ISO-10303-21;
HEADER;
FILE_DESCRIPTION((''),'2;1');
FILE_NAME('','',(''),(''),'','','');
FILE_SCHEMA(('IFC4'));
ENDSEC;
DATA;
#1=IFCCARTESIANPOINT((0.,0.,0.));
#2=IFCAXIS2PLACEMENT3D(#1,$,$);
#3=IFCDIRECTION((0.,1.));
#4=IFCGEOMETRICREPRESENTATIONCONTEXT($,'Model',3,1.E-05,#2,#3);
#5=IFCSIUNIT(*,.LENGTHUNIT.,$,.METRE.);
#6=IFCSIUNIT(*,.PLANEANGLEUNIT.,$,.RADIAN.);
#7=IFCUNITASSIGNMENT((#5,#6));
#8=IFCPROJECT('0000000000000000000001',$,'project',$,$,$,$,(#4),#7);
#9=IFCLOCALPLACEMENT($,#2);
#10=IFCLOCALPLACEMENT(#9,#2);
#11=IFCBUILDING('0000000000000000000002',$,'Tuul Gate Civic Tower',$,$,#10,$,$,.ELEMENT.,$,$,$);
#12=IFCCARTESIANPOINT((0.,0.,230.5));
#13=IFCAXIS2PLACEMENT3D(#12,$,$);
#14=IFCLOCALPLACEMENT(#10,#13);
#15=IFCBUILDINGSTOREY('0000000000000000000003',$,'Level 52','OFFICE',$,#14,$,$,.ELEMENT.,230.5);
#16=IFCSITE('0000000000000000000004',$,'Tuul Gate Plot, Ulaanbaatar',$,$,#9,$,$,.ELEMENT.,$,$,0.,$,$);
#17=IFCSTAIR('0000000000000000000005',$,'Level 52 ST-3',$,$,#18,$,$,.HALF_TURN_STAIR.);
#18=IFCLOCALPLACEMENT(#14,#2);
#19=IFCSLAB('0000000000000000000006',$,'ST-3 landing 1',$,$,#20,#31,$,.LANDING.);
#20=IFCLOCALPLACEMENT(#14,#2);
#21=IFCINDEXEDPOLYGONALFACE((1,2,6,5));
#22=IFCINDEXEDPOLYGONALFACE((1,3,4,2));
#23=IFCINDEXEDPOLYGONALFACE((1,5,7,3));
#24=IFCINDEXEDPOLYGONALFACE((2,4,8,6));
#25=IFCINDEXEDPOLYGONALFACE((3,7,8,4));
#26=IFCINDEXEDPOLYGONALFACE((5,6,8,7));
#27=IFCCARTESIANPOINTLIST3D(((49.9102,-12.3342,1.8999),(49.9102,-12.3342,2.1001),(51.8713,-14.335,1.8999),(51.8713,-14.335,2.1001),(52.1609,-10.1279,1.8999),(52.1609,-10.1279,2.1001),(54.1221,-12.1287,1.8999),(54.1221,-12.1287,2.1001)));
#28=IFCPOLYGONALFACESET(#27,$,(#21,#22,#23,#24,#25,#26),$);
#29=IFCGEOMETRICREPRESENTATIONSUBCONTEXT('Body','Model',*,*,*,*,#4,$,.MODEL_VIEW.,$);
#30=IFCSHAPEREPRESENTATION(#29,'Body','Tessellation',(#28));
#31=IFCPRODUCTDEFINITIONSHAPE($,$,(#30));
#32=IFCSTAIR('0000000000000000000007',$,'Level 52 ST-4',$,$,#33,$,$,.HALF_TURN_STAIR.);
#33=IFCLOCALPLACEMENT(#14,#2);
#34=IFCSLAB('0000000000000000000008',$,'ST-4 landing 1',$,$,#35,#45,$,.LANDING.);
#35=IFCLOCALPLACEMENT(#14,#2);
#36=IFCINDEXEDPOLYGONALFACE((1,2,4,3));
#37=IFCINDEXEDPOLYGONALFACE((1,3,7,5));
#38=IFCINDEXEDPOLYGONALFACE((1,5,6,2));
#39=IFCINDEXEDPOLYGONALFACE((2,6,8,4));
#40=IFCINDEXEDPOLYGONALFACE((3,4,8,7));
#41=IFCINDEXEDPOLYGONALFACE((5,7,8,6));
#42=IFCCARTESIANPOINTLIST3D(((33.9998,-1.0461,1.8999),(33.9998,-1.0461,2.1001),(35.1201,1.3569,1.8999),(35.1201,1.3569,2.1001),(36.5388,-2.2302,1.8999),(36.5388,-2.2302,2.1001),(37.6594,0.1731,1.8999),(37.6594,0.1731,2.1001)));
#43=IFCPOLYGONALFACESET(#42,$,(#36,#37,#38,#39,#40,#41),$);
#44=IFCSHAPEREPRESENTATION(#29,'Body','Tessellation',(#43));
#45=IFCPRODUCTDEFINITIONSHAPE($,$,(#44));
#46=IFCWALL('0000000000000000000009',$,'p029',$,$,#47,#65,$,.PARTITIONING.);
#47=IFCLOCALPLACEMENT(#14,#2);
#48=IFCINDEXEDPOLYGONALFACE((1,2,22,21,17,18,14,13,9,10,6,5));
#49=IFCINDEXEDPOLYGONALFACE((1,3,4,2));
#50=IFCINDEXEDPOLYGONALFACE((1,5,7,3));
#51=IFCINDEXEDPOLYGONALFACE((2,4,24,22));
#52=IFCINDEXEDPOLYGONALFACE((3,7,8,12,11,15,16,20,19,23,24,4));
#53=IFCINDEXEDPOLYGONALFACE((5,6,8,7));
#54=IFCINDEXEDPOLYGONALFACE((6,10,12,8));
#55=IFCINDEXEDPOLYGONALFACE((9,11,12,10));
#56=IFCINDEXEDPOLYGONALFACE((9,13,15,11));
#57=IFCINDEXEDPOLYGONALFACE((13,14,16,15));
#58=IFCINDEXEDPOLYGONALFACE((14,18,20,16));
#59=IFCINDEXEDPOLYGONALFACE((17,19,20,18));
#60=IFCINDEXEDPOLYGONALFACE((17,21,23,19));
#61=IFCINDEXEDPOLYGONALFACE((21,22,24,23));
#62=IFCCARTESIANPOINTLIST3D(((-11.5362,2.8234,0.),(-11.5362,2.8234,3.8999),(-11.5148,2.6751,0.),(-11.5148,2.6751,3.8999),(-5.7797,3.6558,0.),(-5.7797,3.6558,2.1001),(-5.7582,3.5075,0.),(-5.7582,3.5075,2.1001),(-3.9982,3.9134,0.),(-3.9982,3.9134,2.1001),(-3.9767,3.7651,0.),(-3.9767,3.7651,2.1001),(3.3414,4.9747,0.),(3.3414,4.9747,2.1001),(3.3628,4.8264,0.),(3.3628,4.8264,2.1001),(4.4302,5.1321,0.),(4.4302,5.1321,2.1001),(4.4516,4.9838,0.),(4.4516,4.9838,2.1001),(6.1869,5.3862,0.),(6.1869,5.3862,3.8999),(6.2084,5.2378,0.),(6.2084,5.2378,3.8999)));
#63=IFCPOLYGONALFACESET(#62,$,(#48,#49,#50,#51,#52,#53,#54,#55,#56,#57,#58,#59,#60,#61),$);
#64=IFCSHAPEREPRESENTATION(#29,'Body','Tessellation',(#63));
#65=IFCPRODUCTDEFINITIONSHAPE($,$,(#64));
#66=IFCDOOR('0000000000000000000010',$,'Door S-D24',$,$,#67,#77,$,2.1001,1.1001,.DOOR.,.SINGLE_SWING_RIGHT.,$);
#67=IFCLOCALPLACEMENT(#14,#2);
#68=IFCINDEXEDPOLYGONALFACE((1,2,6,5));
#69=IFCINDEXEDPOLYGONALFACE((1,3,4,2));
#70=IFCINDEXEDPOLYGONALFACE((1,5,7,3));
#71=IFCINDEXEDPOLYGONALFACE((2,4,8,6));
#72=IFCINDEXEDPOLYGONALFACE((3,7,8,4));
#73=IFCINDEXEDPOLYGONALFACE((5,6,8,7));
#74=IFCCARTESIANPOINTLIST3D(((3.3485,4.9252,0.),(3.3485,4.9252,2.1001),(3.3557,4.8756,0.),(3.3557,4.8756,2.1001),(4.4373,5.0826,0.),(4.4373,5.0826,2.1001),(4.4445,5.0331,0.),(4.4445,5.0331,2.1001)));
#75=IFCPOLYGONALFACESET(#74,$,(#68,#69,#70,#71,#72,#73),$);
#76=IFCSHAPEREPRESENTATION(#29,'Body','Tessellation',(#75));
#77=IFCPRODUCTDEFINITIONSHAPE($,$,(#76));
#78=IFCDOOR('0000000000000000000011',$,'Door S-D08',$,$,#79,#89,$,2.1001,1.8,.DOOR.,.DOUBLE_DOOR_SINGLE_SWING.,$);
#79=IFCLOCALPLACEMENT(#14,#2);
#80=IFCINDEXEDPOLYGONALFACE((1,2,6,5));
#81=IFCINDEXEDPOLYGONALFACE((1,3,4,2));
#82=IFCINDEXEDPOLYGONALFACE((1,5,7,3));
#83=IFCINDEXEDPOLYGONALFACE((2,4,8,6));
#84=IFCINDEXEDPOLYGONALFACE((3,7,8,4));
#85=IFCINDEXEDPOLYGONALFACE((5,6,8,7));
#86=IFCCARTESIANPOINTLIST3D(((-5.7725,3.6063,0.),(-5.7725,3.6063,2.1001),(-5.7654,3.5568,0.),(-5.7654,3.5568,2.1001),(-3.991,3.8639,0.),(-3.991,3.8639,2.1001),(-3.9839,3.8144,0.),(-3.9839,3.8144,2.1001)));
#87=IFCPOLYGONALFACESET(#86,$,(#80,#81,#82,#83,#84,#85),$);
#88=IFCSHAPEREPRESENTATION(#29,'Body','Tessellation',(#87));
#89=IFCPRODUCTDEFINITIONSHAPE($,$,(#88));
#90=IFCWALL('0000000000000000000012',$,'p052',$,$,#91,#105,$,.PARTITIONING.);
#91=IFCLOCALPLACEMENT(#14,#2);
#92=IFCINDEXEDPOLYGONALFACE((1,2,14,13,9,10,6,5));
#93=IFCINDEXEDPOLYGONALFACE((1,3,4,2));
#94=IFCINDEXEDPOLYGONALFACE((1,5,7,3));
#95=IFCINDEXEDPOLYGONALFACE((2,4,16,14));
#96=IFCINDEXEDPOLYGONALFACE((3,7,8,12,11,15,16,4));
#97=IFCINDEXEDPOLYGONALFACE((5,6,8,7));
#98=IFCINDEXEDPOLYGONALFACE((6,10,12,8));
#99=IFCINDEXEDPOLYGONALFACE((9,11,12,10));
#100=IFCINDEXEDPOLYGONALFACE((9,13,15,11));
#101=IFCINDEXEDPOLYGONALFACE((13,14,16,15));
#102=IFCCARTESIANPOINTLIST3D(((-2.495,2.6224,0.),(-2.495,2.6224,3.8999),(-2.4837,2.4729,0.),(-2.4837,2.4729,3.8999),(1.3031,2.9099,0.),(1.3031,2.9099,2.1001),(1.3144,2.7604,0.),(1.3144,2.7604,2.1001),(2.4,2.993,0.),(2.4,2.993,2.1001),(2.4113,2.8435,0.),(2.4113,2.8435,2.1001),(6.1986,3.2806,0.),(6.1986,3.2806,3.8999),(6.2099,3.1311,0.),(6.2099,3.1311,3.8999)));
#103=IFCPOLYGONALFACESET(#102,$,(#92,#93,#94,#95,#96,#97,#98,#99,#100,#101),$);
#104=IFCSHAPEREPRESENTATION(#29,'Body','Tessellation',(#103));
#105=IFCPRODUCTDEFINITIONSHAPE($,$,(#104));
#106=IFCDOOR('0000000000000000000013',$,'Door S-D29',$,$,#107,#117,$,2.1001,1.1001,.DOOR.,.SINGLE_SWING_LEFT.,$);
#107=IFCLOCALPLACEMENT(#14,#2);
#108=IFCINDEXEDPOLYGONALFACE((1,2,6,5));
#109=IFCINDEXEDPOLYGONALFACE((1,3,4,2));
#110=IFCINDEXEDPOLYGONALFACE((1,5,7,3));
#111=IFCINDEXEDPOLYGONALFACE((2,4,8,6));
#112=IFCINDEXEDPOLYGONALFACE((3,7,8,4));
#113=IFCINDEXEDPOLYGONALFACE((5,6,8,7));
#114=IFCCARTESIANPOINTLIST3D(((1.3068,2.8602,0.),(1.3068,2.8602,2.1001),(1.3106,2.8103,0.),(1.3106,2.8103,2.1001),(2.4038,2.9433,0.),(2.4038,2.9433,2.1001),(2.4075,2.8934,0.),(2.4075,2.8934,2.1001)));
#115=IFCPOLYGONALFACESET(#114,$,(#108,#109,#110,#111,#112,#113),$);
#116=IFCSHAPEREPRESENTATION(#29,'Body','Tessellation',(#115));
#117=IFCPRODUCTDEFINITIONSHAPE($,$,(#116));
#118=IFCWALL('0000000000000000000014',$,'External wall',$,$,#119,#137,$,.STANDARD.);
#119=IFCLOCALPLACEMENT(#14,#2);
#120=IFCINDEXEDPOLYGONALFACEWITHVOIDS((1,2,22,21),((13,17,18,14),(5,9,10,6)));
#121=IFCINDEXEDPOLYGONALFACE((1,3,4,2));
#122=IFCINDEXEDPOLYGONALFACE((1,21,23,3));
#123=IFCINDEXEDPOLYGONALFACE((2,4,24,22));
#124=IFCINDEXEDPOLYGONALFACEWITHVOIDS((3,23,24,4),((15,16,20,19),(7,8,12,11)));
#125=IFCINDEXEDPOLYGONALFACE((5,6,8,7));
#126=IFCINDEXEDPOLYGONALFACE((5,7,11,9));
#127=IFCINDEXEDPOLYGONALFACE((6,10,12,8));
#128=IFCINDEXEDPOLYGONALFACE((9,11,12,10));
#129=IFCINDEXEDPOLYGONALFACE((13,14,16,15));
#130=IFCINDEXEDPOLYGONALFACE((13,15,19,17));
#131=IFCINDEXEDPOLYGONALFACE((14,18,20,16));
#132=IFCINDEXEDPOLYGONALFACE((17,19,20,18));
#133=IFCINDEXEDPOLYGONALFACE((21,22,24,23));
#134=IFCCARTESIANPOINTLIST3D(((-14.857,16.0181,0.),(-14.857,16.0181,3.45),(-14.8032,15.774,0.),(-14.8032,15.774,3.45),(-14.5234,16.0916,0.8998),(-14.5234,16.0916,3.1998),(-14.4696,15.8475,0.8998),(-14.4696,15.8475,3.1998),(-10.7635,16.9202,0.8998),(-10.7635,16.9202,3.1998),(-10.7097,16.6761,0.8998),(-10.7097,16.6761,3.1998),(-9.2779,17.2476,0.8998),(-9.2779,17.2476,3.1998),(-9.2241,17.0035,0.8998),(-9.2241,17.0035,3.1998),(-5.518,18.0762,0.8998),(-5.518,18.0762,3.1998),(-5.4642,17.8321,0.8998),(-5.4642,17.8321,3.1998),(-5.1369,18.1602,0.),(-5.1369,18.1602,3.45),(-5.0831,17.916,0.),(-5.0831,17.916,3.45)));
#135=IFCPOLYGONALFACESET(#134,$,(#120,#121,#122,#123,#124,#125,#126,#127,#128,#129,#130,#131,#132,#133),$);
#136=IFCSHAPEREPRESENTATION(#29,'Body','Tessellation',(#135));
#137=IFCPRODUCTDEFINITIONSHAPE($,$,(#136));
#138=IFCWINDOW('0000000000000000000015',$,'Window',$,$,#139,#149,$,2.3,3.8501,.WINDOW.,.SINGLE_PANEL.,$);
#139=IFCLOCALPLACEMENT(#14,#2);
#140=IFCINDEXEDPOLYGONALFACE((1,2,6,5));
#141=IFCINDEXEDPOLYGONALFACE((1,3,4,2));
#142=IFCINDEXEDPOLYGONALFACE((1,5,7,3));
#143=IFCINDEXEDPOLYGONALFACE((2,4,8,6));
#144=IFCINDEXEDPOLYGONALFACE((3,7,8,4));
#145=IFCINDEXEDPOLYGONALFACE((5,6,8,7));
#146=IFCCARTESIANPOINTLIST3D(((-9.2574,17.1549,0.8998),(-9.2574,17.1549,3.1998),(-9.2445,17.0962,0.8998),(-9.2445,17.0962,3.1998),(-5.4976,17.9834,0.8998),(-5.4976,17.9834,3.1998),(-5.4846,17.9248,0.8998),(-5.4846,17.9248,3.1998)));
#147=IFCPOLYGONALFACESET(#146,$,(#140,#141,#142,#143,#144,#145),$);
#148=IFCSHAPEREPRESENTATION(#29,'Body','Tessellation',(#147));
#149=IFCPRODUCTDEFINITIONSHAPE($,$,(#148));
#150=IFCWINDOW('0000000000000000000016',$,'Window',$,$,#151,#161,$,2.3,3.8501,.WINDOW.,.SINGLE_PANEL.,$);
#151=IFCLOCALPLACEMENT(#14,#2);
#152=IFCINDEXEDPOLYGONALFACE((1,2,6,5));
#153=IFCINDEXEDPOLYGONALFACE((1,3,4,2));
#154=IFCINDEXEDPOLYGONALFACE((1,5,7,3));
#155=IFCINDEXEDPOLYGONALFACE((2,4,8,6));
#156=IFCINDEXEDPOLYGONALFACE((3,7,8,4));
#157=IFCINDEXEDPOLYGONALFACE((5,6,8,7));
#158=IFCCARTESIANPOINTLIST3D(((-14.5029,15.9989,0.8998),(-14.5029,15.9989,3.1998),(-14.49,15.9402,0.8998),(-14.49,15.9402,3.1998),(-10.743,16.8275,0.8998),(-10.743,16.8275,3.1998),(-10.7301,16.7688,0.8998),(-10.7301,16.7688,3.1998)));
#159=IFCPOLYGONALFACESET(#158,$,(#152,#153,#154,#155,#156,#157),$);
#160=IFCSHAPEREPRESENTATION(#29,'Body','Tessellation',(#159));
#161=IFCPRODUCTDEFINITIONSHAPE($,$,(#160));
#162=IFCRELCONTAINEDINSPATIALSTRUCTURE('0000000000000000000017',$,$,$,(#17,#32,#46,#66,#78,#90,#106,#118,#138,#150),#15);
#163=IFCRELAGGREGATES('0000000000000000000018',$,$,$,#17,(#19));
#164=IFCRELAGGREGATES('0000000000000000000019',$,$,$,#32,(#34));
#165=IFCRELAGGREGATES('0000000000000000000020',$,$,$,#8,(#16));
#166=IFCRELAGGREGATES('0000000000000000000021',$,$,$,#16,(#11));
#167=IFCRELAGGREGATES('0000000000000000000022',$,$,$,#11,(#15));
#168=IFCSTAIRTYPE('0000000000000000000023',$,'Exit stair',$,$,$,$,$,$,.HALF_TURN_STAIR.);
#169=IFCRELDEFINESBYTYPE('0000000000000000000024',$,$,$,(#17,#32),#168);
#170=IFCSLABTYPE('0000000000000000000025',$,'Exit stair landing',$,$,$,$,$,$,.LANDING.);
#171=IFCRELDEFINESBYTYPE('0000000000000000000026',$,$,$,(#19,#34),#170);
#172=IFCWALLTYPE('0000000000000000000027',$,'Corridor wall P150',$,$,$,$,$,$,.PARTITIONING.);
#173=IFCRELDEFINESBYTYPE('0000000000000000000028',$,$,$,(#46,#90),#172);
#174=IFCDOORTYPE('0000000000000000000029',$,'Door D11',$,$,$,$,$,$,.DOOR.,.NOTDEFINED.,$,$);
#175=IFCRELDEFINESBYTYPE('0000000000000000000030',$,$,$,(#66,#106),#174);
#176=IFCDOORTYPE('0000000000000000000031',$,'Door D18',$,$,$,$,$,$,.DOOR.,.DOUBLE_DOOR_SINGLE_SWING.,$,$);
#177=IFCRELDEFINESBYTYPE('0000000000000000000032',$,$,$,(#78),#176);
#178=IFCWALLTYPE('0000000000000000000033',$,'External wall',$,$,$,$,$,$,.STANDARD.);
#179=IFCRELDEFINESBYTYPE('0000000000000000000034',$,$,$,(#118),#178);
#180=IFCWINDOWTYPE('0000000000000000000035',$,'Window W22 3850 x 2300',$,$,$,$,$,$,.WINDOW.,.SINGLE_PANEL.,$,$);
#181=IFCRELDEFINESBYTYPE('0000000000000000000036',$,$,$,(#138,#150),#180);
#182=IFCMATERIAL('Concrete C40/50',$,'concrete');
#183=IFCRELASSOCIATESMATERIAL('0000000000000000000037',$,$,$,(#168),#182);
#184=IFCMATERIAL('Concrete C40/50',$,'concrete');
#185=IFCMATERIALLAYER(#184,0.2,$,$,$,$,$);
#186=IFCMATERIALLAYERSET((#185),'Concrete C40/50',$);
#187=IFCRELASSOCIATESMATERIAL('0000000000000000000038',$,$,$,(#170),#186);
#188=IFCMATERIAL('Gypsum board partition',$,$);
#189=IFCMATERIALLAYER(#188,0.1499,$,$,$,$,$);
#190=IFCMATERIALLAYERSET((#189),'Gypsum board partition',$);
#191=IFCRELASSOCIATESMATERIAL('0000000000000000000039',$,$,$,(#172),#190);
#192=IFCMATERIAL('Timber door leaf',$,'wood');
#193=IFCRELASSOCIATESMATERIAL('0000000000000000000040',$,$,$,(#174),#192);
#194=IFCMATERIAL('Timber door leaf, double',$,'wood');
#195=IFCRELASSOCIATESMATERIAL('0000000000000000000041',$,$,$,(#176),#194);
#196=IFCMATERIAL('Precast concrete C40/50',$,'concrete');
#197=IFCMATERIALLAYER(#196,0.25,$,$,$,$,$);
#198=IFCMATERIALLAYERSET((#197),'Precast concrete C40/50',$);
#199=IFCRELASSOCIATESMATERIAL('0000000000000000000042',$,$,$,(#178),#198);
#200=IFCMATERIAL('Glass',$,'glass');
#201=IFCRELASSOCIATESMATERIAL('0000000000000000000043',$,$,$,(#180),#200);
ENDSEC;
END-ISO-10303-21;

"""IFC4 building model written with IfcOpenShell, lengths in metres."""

from ifc_helpers import new_model, si_unit, direction, frame, frame_2d, origin, place, context, subcontext, project, spatial, polyline, rectangle, outline, extrude, material, layer, layer_set, type_object, element, fill, aggregate, save


model = new_model("IFC4")

# Units and contexts
model_context = context("Model", 3, precision=1e-05, world=origin(), true_north=direction((0.0, 1.0)))
body_context = subcontext(model_context, "Body", "Model", "MODEL_VIEW")
ifc_project = project(units=[si_unit("LENGTHUNIT", "METRE"), si_unit("PLANEANGLEUNIT", "RADIAN")], contexts=[model_context])

# Site, building, storey
site_placement = place(None, origin())
site = spatial("IfcSite", under=ifc_project, at=site_placement, Name="Tuul Gate Plot, Ulaanbaatar", CompositionType="ELEMENT", RefElevation=0.0)
building_placement = place(site_placement, origin())
building = spatial("IfcBuilding", under=site, at=building_placement, Name="Tuul Gate Civic Tower", CompositionType="ELEMENT")
storey_placement = place(building_placement, frame((0.0, 0.0, 230.5)))
storey = spatial("IfcBuildingStorey", under=building, at=storey_placement, Name="Level 52", Description="OFFICE", CompositionType="ELEMENT", Elevation=230.5)

# Stairs, slabs
ifc_material_1 = material(Name="Concrete C40/50", Category="concrete")
stair_type = type_object("IfcStairType", Name="Exit stair", PredefinedType="HALF_TURN_STAIR", material=ifc_material_1)
ifc_material_2 = material(Name="Concrete C40/50", Category="concrete")
ifc_layer_1 = layer(ifc_material_2, 0.2)
ifc_layer_set_1 = layer_set([ifc_layer_1], Name="Concrete C40/50")
slab_type = type_object("IfcSlabType", Name="Exit stair landing", PredefinedType="LANDING", material=ifc_layer_set_1)
stair_1_placement = place(storey_placement, origin())
stair_1 = element("IfcStair", 1, at=stair_1_placement, inside=storey, type_object=stair_type, Name="Level 52 ST-3", PredefinedType="HALF_TURN_STAIR")
slab_1_placement = place(storey_placement, frame((0.0, 0.0, 1.8999)))
slab_1 = element("IfcSlab", 2, at=slab_1_placement, type_object=slab_type, Name="ST-3 landing 1", PredefinedType="LANDING", context=body_context, shape_type="SweptSolid", body=[
    extrude(outline(polyline([(51.8713, -14.335), (49.9102, -12.3342), (52.1609, -10.1279), (54.1221, -12.1287), (51.8713, -14.335)])), origin(), (0.0, 0.0, 1.0), 0.2002),
])
aggregate(stair_1, [slab_1])
stair_2_placement = place(storey_placement, origin())
stair_2 = element("IfcStair", 3, at=stair_2_placement, inside=storey, type_object=stair_type, Name="Level 52 ST-4", PredefinedType="HALF_TURN_STAIR")
slab_2_placement = place(storey_placement, frame((0.0, 0.0, 1.8999)))
slab_2 = element("IfcSlab", 4, at=slab_2_placement, type_object=slab_type, Name="ST-4 landing 1", PredefinedType="LANDING", context=body_context, shape_type="SweptSolid", body=[
    extrude(outline(polyline([(36.5388, -2.2302), (33.9998, -1.0461), (35.1201, 1.3569), (37.6594, 0.1731), (36.5388, -2.2302)])), origin(), (0.0, 0.0, 1.0), 0.2002),
])
aggregate(stair_2, [slab_2])

# Wall, openings, doors
ifc_material_3 = material(Name="Gypsum board partition")
ifc_layer_2 = layer(ifc_material_3, 0.1499)
ifc_layer_set_2 = layer_set([ifc_layer_2], Name="Gypsum board partition")
wall_type_1 = type_object("IfcWallType", Name="Corridor wall P150", PredefinedType="PARTITIONING", material=ifc_layer_set_2)
wall_1_placement = place(storey_placement, frame((-11.5254, 2.7493, 0.0), z_axis=(0.0, 0.0, 1.0), x_axis=(0.989707, 0.14311, 0.0)))
wall_1 = element("IfcWall", 5, at=wall_1_placement, inside=storey, type_object=wall_type_1, Name="p029", PredefinedType="PARTITIONING", context=body_context, shape_type="SweptSolid", body=[
    extrude(rectangle(XDim=17.9075, YDim=0.1499, at=frame_2d((8.9536, 0.0))), origin(), (0.0, 0.0, 1.0), 3.8999),
])
opening_1_placement = place(wall_1_placement, frame((5.8164, 0.0, 0.0)))
opening_1 = element("IfcOpeningElement", 6, at=opening_1_placement, cuts=wall_1, PredefinedType="OPENING", context=body_context, shape_type="SweptSolid", body=[
    extrude(rectangle(XDim=1.8, YDim=2.1001, at=frame_2d((0.8999, 1.05))), frame((0.0, 0.085, 0.0), z_axis=(0.0, -1.0, 0.0), x_axis=(1.0, 0.0, 0.0)), (0.0, 0.0, 1.0), 0.1699),
])
opening_2_placement = place(wall_1_placement, frame((15.0322, 0.0, 0.0)))
opening_2 = element("IfcOpeningElement", 7, at=opening_2_placement, cuts=wall_1, PredefinedType="OPENING", context=body_context, shape_type="SweptSolid", body=[
    extrude(rectangle(XDim=1.1001, YDim=2.1001, at=frame_2d((0.55, 1.05))), frame((0.0, 0.085, 0.0), z_axis=(0.0, -1.0, 0.0), x_axis=(1.0, 0.0, 0.0)), (0.0, 0.0, 1.0), 0.1699),
])
ifc_material_4 = material(Name="Timber door leaf", Category="wood")
door_type_1 = type_object("IfcDoorType", Name="Door D11", OperationType="NOTDEFINED", PredefinedType="DOOR", material=ifc_material_4)
door_1_placement = place(opening_2_placement, origin())
door_1 = element("IfcDoor", 8, at=door_1_placement, inside=storey, type_object=door_type_1, Name="Door S-D24", OperationType="SINGLE_SWING_RIGHT", OverallHeight=2.1001, OverallWidth=1.1001, PredefinedType="DOOR", context=body_context, shape_type="SweptSolid", body=[
    extrude(rectangle(XDim=1.1001, YDim=2.1001, at=frame_2d((0.55, 1.05))), frame((0.0, 0.0249, 0.0), z_axis=(0.0, -1.0, 0.0), x_axis=(1.0, 0.0, 0.0)), (0.0, 0.0, 1.0), 0.05),
])
fill(opening_2, door_1)
ifc_material_5 = material(Name="Timber door leaf, double", Category="wood")
door_type_2 = type_object("IfcDoorType", Name="Door D18", OperationType="DOUBLE_DOOR_SINGLE_SWING", PredefinedType="DOOR", material=ifc_material_5)
door_2_placement = place(opening_1_placement, origin())
door_2 = element("IfcDoor", 9, at=door_2_placement, inside=storey, type_object=door_type_2, Name="Door S-D08", OperationType="DOUBLE_DOOR_SINGLE_SWING", OverallHeight=2.1001, OverallWidth=1.8, PredefinedType="DOOR", context=body_context, shape_type="SweptSolid", body=[
    extrude(rectangle(XDim=1.8, YDim=2.1001, at=frame_2d((0.8999, 1.05))), frame((0.0, 0.0249, 0.0), z_axis=(0.0, -1.0, 0.0), x_axis=(1.0, 0.0, 0.0)), (0.0, 0.0, 1.0), 0.05),
])
fill(opening_1, door_2)

# Wall, opening, door
wall_2_placement = place(storey_placement, frame((-2.4895, 2.5476, 0.0), z_axis=(0.0, 0.0, 1.0), x_axis=(0.997146, 0.075495, 0.0)))
wall_2 = element("IfcWall", 10, at=wall_2_placement, inside=storey, type_object=wall_type_1, Name="p052", PredefinedType="PARTITIONING", context=body_context, shape_type="SweptSolid", body=[
    extrude(rectangle(XDim=8.7185, YDim=0.1499, at=frame_2d((4.3594, 0.0))), origin(), (0.0, 0.0, 1.0), 3.8999),
])
opening_3_placement = place(wall_2_placement, frame((3.8091, 0.0, 0.0)))
opening_3 = element("IfcOpeningElement", 11, at=opening_3_placement, cuts=wall_2, PredefinedType="OPENING", context=body_context, shape_type="SweptSolid", body=[
    extrude(rectangle(XDim=1.1001, YDim=2.1001, at=frame_2d((0.55, 1.05))), frame((0.0, 0.085, 0.0), z_axis=(0.0, -1.0, 0.0), x_axis=(1.0, 0.0, 0.0)), (0.0, 0.0, 1.0), 0.1699),
])
door_3_placement = place(opening_3_placement, frame((1.1001, 0.0, 0.0), z_axis=(0.0, 0.0, 1.0), x_axis=(-1.0, 0.0, 0.0)))
door_3 = element("IfcDoor", 12, at=door_3_placement, inside=storey, type_object=door_type_1, Name="Door S-D29", OperationType="SINGLE_SWING_LEFT", OverallHeight=2.1001, OverallWidth=1.1001, PredefinedType="DOOR", context=body_context, shape_type="SweptSolid", body=[
    extrude(rectangle(XDim=1.1001, YDim=2.1001, at=frame_2d((0.55, 1.05))), frame((0.0, 0.0249, 0.0), z_axis=(0.0, -1.0, 0.0), x_axis=(1.0, 0.0, 0.0)), (0.0, 0.0, 1.0), 0.05),
])
fill(opening_3, door_3)

# Wall, openings, windows
ifc_material_6 = material(Name="Precast concrete C40/50", Category="concrete")
ifc_layer_3 = layer(ifc_material_6, 0.25)
ifc_layer_set_3 = layer_set([ifc_layer_3], Name="Precast concrete C40/50")
wall_type_2 = type_object("IfcWallType", Name="External wall", PredefinedType="STANDARD", material=ifc_layer_set_3)
wall_3_placement = place(storey_placement, frame((-5.1101, 18.0381, 0.0), z_axis=(0.0, 0.0, 1.0), x_axis=(-0.976568, -0.215211, 0.0)))
wall_3 = element("IfcWall", 13, at=wall_3_placement, inside=storey, type_object=wall_type_2, Name="External wall", PredefinedType="STANDARD", context=body_context, shape_type="SweptSolid", body=[
    extrude(rectangle(XDim=9.9534, YDim=0.25, at=frame_2d((4.9766, 0.0))), origin(), (0.0, 0.0, 1.0), 3.45),
])
opening_4_placement = place(wall_3_placement, frame((0.3901, 0.0, 0.8999)))
opening_4 = element("IfcOpeningElement", 14, at=opening_4_placement, cuts=wall_3, PredefinedType="OPENING", context=body_context, shape_type="SweptSolid", body=[
    extrude(rectangle(XDim=3.8501, YDim=2.3, at=frame_2d((1.925, 1.1499))), frame((0.0, 0.135, 0.0), z_axis=(0.0, -1.0, 0.0), x_axis=(1.0, 0.0, 0.0)), (0.0, 0.0, 1.0), 0.27),
])
opening_5_placement = place(wall_3_placement, frame((5.7615, 0.0, 0.8999)))
opening_5 = element("IfcOpeningElement", 15, at=opening_5_placement, cuts=wall_3, PredefinedType="OPENING", context=body_context, shape_type="SweptSolid", body=[
    extrude(rectangle(XDim=3.8501, YDim=2.3, at=frame_2d((1.925, 1.1499))), frame((0.0, 0.135, 0.0), z_axis=(0.0, -1.0, 0.0), x_axis=(1.0, 0.0, 0.0)), (0.0, 0.0, 1.0), 0.27),
])
ifc_material_7 = material(Name="Glass", Category="glass")
window_type_1 = type_object("IfcWindowType", Name="Window W22 3850 x 2300", PartitioningType="SINGLE_PANEL", PredefinedType="WINDOW", material=ifc_material_7)
window_1_placement = place(opening_4_placement, origin())
window_1 = element("IfcWindow", 16, at=window_1_placement, inside=storey, type_object=window_type_1, Name="Window", OverallHeight=2.3, OverallWidth=3.8501, PartitioningType="SINGLE_PANEL", PredefinedType="WINDOW", context=body_context, shape_type="SweptSolid", body=[
    extrude(rectangle(XDim=3.8501, YDim=2.3, at=frame_2d((1.925, 1.1499))), frame((0.0, 0.03, 0.0), z_axis=(0.0, -1.0, 0.0), x_axis=(1.0, 0.0, 0.0)), (0.0, 0.0, 1.0), 0.0601),
])
fill(opening_4, window_1)
window_2_placement = place(opening_5_placement, origin())
window_2 = element("IfcWindow", 17, at=window_2_placement, inside=storey, type_object=window_type_1, Name="Window", OverallHeight=2.3, OverallWidth=3.8501, PartitioningType="SINGLE_PANEL", PredefinedType="WINDOW", context=body_context, shape_type="SweptSolid", body=[
    extrude(rectangle(XDim=3.8501, YDim=2.3, at=frame_2d((1.925, 1.1499))), frame((0.0, 0.03, 0.0), z_axis=(0.0, -1.0, 0.0), x_axis=(1.0, 0.0, 0.0)), (0.0, 0.0, 1.0), 0.0601),
])
fill(opening_5, window_2)

save(model, "model.ifc")
